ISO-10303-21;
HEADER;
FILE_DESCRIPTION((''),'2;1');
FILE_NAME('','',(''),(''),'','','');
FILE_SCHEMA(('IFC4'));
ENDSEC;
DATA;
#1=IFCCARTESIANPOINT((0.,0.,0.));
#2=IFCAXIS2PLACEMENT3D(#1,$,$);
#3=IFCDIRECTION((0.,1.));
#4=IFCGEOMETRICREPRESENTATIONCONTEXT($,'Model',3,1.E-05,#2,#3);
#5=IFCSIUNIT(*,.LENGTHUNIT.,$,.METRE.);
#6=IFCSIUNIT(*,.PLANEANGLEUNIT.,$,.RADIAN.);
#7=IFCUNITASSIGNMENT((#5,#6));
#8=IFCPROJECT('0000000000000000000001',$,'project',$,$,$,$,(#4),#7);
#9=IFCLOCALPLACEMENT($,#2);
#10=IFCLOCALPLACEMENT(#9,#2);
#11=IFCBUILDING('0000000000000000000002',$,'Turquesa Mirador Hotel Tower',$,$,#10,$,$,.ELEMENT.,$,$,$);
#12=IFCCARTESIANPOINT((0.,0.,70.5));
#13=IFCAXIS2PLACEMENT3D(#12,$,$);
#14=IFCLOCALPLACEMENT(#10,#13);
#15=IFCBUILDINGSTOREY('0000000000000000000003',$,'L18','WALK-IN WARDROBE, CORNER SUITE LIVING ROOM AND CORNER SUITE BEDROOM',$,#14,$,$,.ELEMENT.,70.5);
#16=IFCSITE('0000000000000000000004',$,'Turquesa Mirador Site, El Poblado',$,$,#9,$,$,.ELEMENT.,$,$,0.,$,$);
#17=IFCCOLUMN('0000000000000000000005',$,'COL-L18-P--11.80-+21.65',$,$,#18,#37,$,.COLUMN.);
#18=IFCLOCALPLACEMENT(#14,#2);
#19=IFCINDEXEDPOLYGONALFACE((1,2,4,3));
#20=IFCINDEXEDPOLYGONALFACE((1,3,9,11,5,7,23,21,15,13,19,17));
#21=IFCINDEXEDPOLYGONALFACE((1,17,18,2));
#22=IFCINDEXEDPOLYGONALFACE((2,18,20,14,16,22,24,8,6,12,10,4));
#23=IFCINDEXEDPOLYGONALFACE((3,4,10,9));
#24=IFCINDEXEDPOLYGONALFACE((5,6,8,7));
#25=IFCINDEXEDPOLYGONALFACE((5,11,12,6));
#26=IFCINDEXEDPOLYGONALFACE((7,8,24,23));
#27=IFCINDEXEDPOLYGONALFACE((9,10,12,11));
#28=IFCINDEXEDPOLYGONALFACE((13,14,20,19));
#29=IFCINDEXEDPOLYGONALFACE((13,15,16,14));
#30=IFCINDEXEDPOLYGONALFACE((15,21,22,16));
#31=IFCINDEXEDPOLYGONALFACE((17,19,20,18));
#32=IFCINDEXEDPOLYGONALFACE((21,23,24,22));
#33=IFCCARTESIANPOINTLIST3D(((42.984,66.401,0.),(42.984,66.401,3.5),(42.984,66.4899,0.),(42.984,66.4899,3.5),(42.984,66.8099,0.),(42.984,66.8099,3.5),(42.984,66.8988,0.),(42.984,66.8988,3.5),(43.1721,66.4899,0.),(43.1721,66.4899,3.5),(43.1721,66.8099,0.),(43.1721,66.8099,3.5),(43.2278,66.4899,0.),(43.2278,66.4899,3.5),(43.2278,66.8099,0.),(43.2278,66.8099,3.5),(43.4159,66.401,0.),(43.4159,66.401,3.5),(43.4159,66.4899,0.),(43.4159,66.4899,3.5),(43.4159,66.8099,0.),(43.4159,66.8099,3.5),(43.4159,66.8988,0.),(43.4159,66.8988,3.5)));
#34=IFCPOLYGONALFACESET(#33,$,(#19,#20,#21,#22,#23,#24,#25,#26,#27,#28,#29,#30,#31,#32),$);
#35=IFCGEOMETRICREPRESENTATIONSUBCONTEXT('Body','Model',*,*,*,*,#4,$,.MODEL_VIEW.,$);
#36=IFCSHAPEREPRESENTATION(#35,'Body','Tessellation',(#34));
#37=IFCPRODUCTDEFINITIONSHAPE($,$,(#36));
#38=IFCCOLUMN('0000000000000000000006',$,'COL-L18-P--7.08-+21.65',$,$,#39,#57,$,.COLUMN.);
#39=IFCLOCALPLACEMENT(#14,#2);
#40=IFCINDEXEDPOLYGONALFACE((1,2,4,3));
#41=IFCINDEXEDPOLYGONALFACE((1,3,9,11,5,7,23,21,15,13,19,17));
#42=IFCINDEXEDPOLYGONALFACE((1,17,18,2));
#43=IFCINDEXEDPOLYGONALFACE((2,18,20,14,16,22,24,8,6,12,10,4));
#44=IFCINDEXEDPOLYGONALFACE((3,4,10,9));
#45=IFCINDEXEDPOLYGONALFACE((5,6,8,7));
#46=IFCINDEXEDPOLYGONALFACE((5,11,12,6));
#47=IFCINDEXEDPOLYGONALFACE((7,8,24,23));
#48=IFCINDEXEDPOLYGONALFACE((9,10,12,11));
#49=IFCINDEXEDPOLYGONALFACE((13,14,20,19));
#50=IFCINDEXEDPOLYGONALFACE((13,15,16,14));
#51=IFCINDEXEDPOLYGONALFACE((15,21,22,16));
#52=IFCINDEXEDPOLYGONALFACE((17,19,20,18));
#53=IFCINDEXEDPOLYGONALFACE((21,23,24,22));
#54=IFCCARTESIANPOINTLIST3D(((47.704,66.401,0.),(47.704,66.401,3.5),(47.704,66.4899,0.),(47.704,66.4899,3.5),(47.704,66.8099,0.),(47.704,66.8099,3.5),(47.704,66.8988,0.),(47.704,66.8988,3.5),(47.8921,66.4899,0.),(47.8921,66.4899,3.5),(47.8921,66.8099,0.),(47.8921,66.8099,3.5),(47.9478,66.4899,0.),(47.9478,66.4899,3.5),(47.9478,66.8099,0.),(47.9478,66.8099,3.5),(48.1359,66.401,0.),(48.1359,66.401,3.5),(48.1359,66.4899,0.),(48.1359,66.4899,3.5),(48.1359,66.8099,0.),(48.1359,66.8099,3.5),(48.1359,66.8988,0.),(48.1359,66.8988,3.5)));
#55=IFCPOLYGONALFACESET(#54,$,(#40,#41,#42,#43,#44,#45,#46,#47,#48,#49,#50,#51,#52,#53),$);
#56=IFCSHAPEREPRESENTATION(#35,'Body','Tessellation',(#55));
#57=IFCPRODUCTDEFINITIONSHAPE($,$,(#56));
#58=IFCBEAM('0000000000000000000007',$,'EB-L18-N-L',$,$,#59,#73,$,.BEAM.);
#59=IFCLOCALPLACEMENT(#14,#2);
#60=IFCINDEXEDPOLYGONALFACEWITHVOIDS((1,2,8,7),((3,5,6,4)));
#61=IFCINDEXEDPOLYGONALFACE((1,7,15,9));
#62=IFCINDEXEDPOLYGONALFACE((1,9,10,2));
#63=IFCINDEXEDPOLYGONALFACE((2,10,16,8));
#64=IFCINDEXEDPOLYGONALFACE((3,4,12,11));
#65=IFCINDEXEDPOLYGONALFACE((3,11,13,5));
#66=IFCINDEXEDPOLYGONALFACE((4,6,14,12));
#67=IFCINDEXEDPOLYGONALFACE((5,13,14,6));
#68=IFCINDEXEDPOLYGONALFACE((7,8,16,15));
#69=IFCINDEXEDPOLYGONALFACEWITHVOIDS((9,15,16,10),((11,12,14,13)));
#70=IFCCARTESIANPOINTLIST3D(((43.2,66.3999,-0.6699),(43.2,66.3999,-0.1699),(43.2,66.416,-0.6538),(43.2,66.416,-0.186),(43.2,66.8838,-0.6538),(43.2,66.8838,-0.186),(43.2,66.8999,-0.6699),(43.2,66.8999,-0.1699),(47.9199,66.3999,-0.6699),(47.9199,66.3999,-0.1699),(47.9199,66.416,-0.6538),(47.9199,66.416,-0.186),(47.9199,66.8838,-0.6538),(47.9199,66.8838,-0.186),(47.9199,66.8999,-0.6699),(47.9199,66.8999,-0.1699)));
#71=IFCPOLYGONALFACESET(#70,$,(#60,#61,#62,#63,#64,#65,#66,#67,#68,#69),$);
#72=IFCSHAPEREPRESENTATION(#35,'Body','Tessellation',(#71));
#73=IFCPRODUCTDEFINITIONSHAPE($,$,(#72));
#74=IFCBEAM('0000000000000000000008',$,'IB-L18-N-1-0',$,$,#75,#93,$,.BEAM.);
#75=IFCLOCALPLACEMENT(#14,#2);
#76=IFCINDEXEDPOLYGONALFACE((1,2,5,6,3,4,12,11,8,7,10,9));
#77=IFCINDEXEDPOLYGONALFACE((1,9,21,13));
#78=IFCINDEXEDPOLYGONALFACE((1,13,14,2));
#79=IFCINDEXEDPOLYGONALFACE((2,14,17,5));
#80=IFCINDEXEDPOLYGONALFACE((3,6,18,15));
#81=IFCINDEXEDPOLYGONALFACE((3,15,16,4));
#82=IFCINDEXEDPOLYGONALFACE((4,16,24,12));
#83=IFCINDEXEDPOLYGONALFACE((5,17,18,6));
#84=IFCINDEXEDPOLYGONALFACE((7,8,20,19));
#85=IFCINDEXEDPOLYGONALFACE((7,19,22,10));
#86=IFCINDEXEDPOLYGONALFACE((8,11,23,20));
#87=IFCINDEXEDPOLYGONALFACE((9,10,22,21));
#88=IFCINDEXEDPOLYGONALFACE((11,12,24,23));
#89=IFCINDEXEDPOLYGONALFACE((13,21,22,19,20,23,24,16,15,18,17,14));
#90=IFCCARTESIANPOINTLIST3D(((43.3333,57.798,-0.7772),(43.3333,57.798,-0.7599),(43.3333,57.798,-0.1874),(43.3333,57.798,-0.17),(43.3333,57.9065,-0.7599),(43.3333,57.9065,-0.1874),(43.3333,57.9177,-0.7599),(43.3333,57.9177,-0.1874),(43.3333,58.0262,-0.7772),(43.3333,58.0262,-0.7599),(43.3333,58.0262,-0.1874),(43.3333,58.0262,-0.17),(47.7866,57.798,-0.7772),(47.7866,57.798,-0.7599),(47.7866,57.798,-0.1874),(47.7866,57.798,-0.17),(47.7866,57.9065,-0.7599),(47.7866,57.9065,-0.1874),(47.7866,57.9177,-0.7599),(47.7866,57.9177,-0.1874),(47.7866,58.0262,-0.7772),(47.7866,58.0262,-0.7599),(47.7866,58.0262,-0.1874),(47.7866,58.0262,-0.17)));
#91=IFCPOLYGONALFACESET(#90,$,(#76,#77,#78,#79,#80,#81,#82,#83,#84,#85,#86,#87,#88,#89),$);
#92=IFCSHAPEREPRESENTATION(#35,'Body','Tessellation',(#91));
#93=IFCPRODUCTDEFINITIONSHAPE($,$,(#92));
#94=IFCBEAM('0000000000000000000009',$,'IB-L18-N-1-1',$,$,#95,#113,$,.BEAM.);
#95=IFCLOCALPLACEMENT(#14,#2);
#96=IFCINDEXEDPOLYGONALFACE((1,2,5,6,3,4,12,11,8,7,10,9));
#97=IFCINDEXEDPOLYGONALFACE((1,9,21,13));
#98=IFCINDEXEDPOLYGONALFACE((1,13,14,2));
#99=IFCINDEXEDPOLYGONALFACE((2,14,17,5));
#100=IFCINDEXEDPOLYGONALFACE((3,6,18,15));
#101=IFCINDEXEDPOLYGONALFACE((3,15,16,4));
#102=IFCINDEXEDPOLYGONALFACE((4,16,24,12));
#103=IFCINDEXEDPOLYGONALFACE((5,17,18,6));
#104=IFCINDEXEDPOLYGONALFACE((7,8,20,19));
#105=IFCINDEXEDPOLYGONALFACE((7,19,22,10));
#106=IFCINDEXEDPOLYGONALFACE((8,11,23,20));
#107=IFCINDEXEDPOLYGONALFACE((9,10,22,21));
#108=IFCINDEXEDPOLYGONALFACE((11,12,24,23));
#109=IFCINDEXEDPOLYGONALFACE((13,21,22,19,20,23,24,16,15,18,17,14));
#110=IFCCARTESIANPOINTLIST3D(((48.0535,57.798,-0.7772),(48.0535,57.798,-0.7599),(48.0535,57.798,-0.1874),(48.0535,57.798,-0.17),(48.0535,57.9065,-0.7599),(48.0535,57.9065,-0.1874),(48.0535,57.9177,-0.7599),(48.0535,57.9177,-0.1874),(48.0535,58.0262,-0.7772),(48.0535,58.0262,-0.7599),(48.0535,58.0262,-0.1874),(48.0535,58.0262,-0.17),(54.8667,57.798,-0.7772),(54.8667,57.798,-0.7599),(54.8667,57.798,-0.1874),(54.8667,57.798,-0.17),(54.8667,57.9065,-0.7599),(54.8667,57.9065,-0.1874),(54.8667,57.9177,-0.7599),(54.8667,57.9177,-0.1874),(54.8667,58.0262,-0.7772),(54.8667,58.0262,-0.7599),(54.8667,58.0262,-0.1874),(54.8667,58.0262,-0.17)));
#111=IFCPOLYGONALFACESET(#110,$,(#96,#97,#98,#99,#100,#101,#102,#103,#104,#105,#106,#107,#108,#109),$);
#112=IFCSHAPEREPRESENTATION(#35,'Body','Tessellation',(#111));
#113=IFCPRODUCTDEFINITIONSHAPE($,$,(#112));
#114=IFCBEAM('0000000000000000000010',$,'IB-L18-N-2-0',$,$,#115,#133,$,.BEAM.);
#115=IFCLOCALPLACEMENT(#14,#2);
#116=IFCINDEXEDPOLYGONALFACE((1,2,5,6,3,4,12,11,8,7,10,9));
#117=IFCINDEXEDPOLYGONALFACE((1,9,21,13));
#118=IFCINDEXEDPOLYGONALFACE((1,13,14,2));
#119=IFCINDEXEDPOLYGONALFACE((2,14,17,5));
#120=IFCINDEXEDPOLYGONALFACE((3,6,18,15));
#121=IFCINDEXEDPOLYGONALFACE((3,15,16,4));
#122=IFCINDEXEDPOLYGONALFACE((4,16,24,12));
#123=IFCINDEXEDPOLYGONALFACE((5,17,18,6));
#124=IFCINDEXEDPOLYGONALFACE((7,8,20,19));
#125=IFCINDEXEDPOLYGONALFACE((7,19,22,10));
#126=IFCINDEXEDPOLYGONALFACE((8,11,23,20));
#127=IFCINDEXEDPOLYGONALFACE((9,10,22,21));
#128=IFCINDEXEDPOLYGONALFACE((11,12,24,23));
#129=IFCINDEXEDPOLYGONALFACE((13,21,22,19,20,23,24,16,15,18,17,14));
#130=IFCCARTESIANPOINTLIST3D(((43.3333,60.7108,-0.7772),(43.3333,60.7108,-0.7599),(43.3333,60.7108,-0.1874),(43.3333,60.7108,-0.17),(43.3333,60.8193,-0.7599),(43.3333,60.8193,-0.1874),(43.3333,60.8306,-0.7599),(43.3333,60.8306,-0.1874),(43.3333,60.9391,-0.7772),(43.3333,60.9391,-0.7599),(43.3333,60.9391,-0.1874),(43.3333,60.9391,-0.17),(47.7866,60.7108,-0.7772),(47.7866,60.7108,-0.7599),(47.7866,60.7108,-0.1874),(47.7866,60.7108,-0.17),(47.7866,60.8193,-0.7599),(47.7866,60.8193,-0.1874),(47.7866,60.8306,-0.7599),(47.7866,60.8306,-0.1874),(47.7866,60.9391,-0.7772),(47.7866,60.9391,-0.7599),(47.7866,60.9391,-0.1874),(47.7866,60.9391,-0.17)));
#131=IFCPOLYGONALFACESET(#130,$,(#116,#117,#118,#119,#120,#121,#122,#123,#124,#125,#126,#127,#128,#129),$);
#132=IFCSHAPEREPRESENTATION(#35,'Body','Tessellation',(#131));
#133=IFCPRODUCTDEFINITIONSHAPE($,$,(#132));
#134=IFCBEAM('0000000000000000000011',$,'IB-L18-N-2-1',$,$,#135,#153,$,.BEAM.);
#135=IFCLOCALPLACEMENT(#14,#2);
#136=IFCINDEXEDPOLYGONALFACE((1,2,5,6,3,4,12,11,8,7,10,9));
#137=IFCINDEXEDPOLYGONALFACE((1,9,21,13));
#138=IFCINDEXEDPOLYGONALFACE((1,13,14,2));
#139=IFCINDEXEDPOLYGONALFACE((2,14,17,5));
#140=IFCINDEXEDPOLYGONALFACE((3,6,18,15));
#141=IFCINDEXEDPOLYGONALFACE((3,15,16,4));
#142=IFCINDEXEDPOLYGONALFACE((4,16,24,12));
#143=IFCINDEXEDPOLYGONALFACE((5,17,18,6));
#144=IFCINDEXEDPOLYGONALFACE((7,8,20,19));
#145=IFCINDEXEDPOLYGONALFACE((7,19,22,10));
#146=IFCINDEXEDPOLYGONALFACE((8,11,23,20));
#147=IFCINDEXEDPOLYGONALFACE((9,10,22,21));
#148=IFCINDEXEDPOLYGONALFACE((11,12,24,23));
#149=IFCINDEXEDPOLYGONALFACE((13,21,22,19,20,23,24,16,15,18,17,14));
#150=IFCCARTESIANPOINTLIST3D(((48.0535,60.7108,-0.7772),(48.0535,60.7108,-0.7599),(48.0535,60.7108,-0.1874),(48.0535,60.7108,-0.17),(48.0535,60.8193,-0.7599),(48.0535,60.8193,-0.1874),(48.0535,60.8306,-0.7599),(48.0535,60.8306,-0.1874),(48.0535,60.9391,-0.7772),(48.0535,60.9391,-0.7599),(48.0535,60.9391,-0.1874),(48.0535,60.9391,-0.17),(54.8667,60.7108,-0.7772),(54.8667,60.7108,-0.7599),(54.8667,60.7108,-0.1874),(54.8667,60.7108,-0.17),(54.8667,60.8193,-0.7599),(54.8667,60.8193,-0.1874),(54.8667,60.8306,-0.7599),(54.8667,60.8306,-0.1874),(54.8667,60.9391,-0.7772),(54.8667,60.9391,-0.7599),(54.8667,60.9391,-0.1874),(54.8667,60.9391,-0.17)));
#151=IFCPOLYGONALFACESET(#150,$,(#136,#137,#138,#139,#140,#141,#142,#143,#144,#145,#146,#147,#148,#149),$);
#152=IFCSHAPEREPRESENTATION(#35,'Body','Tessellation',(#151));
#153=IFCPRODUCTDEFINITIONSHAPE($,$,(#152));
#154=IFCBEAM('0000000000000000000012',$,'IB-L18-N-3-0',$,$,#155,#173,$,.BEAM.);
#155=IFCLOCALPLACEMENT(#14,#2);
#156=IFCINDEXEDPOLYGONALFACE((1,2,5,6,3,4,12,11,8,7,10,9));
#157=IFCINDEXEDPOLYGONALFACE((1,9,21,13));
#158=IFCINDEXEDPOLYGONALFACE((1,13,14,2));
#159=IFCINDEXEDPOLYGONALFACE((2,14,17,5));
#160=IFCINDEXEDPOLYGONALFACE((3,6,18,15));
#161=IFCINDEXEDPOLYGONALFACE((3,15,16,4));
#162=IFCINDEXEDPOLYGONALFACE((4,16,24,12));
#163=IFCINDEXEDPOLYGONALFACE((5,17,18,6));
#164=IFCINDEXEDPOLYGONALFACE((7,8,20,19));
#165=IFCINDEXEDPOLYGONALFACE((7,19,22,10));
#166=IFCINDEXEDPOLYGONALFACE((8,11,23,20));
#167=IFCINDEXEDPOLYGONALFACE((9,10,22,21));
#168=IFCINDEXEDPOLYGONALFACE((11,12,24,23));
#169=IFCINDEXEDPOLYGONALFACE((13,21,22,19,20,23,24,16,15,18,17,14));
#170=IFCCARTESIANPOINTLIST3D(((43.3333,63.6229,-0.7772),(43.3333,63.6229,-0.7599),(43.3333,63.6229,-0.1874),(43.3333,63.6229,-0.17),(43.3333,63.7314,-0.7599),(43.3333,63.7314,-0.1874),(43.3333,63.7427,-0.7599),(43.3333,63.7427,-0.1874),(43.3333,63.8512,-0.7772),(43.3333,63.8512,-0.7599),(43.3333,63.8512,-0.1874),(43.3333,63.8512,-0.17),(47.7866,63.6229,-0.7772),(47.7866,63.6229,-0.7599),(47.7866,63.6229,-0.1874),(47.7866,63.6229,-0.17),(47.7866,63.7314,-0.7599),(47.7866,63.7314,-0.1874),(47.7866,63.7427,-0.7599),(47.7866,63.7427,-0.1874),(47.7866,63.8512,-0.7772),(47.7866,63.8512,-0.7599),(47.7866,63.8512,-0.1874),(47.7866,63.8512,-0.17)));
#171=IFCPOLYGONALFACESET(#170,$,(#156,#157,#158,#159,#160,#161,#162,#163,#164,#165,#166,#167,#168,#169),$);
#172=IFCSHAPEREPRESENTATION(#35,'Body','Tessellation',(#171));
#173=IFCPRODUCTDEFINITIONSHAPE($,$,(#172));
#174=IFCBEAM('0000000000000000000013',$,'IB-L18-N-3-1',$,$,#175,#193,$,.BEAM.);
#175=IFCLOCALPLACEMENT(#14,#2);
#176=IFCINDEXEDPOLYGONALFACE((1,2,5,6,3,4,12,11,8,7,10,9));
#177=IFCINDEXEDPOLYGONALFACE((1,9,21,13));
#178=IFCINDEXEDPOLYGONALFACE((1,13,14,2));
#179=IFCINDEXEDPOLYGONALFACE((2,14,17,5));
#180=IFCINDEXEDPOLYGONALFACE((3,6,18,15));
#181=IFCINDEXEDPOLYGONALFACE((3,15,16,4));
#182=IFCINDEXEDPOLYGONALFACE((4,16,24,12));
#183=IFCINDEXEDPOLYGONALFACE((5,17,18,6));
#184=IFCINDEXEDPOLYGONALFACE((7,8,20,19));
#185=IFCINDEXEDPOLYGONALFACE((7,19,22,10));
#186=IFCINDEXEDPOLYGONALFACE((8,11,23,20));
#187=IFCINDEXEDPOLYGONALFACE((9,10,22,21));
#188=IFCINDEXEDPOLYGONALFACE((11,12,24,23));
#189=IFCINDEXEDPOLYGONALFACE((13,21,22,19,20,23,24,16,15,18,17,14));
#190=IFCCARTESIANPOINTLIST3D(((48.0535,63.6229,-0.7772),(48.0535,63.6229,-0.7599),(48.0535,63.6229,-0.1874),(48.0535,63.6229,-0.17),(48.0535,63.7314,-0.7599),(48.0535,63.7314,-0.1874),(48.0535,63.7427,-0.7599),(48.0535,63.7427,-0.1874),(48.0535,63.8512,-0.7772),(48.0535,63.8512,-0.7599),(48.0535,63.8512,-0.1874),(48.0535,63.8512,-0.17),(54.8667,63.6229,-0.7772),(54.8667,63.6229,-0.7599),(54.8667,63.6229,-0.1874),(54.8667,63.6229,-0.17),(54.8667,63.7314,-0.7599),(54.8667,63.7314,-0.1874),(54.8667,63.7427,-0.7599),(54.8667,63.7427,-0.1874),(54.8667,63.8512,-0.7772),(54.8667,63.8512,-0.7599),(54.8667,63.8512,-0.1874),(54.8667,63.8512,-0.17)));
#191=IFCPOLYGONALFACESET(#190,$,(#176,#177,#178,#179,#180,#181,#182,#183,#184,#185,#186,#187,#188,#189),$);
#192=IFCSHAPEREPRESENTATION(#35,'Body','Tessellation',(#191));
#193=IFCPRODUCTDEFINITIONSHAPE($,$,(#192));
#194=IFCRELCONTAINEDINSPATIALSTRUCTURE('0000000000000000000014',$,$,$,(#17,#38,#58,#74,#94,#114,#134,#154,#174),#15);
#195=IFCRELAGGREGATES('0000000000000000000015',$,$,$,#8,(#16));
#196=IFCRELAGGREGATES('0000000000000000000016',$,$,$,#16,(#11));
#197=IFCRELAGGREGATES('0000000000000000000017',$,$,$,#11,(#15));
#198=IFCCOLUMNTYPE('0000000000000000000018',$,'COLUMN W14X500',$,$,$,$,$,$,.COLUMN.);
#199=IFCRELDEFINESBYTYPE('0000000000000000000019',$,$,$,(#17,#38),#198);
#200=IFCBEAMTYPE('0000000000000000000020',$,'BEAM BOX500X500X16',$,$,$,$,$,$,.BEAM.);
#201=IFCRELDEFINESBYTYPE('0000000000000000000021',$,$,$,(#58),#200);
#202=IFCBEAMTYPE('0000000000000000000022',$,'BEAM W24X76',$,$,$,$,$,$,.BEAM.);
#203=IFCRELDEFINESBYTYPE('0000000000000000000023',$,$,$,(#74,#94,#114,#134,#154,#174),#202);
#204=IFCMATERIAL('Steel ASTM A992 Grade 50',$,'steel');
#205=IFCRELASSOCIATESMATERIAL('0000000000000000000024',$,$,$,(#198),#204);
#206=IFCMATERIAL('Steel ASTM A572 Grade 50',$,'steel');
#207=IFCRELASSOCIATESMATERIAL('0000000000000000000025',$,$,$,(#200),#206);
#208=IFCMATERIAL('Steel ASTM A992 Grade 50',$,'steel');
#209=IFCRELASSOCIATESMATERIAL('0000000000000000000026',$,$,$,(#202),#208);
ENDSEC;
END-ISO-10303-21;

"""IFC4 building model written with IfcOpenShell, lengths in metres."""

from ifc_helpers import new_model, si_unit, direction, frame, origin, origin_2d, place, context, subcontext, project, spatial, hollow_rectangle, i_section, extrude, material, material_profile, profile_set, type_object, element, save


model = new_model("IFC4")

# Units and contexts
model_context = context("Model", 3, precision=1e-05, world=origin(), true_north=direction((0.0, 1.0)))
body_context = subcontext(model_context, "Body", "Model", "MODEL_VIEW")
ifc_project = project(units=[si_unit("LENGTHUNIT", "METRE"), si_unit("PLANEANGLEUNIT", "RADIAN")], contexts=[model_context])

# Site, building, storey
site_placement = place(None, origin())
site = spatial("IfcSite", under=ifc_project, at=site_placement, Name="Turquesa Mirador Site, El Poblado", CompositionType="ELEMENT", RefElevation=0.0)
building_placement = place(site_placement, origin())
building = spatial("IfcBuilding", under=site, at=building_placement, Name="Turquesa Mirador Hotel Tower", CompositionType="ELEMENT")
storey_placement = place(building_placement, frame((0.0, 0.0, 70.5)))
storey = spatial("IfcBuildingStorey", under=building, at=storey_placement, Name="L18", Description="WALK-IN WARDROBE, CORNER SUITE LIVING ROOM AND CORNER SUITE BEDROOM", CompositionType="ELEMENT", Elevation=70.5)

# Columns
ifc_material_1 = material(Name="Steel ASTM A992 Grade 50", Category="steel")
ifc_material_profile_1 = material_profile(ifc_material_1, i_section(OverallWidth=0.4319, OverallDepth=0.4978, WebThickness=0.0557, FlangeThickness=0.0889, at=origin_2d()), Name="W14X500")
ifc_profile_set_1 = profile_set([ifc_material_profile_1], Name="Steel ASTM A992 Grade 50")
column_type = type_object("IfcColumnType", Name="COLUMN W14X500", PredefinedType="COLUMN", material=ifc_profile_set_1)
for number, where, z_axis, x_axis, name in (
    (1, (43.2, 66.6499, 0.0), (0.0, 0.0, 1.0), (1.0, 0.0, 0.0), "COL-L18-P--11.80-+21.65"),
    (2, (47.9199, 66.6499, 0.0), (0.0, 0.0, 1.0), (1.0, 0.0, 0.0), "COL-L18-P--7.08-+21.65"),
):
    element("IfcColumn", number, at=place(storey_placement, frame(where, z_axis=z_axis, x_axis=x_axis)), inside=storey, type_object=column_type, Name=name, PredefinedType="COLUMN", context=body_context, shape_type="SweptSolid", body=[
        extrude(i_section(OverallWidth=0.4319, OverallDepth=0.4978, WebThickness=0.0557, FlangeThickness=0.0889, at=origin_2d()), origin(), (0.0, 0.0, 1.0), 3.5),
    ])

# Beams
ifc_material_2 = material(Name="Steel ASTM A572 Grade 50", Category="steel")
ifc_material_profile_2 = material_profile(ifc_material_2, hollow_rectangle(XDim=0.5, YDim=0.5, WallThickness=0.0161, at=origin_2d()), Name="BOX500X500X16")
ifc_profile_set_2 = profile_set([ifc_material_profile_2], Name="Steel ASTM A572 Grade 50")
beam_type_1 = type_object("IfcBeamType", Name="BEAM BOX500X500X16", PredefinedType="BEAM", material=ifc_profile_set_2)
beam_1_placement = place(storey_placement, frame((43.2, 66.6499, -0.4199), z_axis=(1.0, 0.0, 0.0), x_axis=(0.0, 1.0, 0.0)))
element("IfcBeam", 3, at=beam_1_placement, inside=storey, type_object=beam_type_1, Name="EB-L18-N-L", PredefinedType="BEAM", context=body_context, shape_type="SweptSolid", body=[
    extrude(hollow_rectangle(XDim=0.5, YDim=0.5, WallThickness=0.0161, at=origin_2d()), origin(), (0.0, 0.0, 1.0), 4.72),
])
ifc_material_3 = material(Name="Steel ASTM A992 Grade 50", Category="steel")
ifc_material_profile_3 = material_profile(ifc_material_3, i_section(OverallWidth=0.2283, OverallDepth=0.6072, WebThickness=0.0112, FlangeThickness=0.0173, at=origin_2d()), Name="W24X76")
ifc_profile_set_3 = profile_set([ifc_material_profile_3], Name="Steel ASTM A992 Grade 50")
beam_type_2 = type_object("IfcBeamType", Name="BEAM W24X76", PredefinedType="BEAM", material=ifc_profile_set_3)
beam_2_placement = place(storey_placement, frame((43.3333, 57.9121, -0.4736), z_axis=(1.0, 0.0, 0.0), x_axis=(0.0, 1.0, 0.0)))
element("IfcBeam", 4, at=beam_2_placement, inside=storey, type_object=beam_type_2, Name="IB-L18-N-1-0", PredefinedType="BEAM", context=body_context, shape_type="SweptSolid", body=[
    extrude(i_section(OverallWidth=0.2283, OverallDepth=0.6072, WebThickness=0.0112, FlangeThickness=0.0173, at=origin_2d()), origin(), (0.0, 0.0, 1.0), 4.4534),
])
beam_3_placement = place(storey_placement, frame((48.0535, 57.9121, -0.4736), z_axis=(1.0, 0.0, 0.0), x_axis=(0.0, 1.0, 0.0)))
element("IfcBeam", 5, at=beam_3_placement, inside=storey, type_object=beam_type_2, Name="IB-L18-N-1-1", PredefinedType="BEAM", context=body_context, shape_type="SweptSolid", body=[
    extrude(i_section(OverallWidth=0.2283, OverallDepth=0.6072, WebThickness=0.0112, FlangeThickness=0.0173, at=origin_2d()), origin(), (0.0, 0.0, 1.0), 6.8132),
])
beam_4_placement = place(storey_placement, frame((43.3333, 60.825, -0.4736), z_axis=(1.0, 0.0, 0.0), x_axis=(0.0, 1.0, 0.0)))
element("IfcBeam", 6, at=beam_4_placement, inside=storey, type_object=beam_type_2, Name="IB-L18-N-2-0", PredefinedType="BEAM", context=body_context, shape_type="SweptSolid", body=[
    extrude(i_section(OverallWidth=0.2283, OverallDepth=0.6072, WebThickness=0.0112, FlangeThickness=0.0173, at=origin_2d()), origin(), (0.0, 0.0, 1.0), 4.4534),
])
beam_5_placement = place(storey_placement, frame((48.0535, 60.825, -0.4736), z_axis=(1.0, 0.0, 0.0), x_axis=(0.0, 1.0, 0.0)))
element("IfcBeam", 7, at=beam_5_placement, inside=storey, type_object=beam_type_2, Name="IB-L18-N-2-1", PredefinedType="BEAM", context=body_context, shape_type="SweptSolid", body=[
    extrude(i_section(OverallWidth=0.2283, OverallDepth=0.6072, WebThickness=0.0112, FlangeThickness=0.0173, at=origin_2d()), origin(), (0.0, 0.0, 1.0), 6.8132),
])
beam_6_placement = place(storey_placement, frame((43.3333, 63.7371, -0.4736), z_axis=(1.0, 0.0, 0.0), x_axis=(0.0, 1.0, 0.0)))
element("IfcBeam", 8, at=beam_6_placement, inside=storey, type_object=beam_type_2, Name="IB-L18-N-3-0", PredefinedType="BEAM", context=body_context, shape_type="SweptSolid", body=[
    extrude(i_section(OverallWidth=0.2283, OverallDepth=0.6072, WebThickness=0.0112, FlangeThickness=0.0173, at=origin_2d()), origin(), (0.0, 0.0, 1.0), 4.4534),
])
beam_7_placement = place(storey_placement, frame((48.0535, 63.7371, -0.4736), z_axis=(1.0, 0.0, 0.0), x_axis=(0.0, 1.0, 0.0)))
element("IfcBeam", 9, at=beam_7_placement, inside=storey, type_object=beam_type_2, Name="IB-L18-N-3-1", PredefinedType="BEAM", context=body_context, shape_type="SweptSolid", body=[
    extrude(i_section(OverallWidth=0.2283, OverallDepth=0.6072, WebThickness=0.0112, FlangeThickness=0.0173, at=origin_2d()), origin(), (0.0, 0.0, 1.0), 6.8132),
])

save(model, "model.ifc")
